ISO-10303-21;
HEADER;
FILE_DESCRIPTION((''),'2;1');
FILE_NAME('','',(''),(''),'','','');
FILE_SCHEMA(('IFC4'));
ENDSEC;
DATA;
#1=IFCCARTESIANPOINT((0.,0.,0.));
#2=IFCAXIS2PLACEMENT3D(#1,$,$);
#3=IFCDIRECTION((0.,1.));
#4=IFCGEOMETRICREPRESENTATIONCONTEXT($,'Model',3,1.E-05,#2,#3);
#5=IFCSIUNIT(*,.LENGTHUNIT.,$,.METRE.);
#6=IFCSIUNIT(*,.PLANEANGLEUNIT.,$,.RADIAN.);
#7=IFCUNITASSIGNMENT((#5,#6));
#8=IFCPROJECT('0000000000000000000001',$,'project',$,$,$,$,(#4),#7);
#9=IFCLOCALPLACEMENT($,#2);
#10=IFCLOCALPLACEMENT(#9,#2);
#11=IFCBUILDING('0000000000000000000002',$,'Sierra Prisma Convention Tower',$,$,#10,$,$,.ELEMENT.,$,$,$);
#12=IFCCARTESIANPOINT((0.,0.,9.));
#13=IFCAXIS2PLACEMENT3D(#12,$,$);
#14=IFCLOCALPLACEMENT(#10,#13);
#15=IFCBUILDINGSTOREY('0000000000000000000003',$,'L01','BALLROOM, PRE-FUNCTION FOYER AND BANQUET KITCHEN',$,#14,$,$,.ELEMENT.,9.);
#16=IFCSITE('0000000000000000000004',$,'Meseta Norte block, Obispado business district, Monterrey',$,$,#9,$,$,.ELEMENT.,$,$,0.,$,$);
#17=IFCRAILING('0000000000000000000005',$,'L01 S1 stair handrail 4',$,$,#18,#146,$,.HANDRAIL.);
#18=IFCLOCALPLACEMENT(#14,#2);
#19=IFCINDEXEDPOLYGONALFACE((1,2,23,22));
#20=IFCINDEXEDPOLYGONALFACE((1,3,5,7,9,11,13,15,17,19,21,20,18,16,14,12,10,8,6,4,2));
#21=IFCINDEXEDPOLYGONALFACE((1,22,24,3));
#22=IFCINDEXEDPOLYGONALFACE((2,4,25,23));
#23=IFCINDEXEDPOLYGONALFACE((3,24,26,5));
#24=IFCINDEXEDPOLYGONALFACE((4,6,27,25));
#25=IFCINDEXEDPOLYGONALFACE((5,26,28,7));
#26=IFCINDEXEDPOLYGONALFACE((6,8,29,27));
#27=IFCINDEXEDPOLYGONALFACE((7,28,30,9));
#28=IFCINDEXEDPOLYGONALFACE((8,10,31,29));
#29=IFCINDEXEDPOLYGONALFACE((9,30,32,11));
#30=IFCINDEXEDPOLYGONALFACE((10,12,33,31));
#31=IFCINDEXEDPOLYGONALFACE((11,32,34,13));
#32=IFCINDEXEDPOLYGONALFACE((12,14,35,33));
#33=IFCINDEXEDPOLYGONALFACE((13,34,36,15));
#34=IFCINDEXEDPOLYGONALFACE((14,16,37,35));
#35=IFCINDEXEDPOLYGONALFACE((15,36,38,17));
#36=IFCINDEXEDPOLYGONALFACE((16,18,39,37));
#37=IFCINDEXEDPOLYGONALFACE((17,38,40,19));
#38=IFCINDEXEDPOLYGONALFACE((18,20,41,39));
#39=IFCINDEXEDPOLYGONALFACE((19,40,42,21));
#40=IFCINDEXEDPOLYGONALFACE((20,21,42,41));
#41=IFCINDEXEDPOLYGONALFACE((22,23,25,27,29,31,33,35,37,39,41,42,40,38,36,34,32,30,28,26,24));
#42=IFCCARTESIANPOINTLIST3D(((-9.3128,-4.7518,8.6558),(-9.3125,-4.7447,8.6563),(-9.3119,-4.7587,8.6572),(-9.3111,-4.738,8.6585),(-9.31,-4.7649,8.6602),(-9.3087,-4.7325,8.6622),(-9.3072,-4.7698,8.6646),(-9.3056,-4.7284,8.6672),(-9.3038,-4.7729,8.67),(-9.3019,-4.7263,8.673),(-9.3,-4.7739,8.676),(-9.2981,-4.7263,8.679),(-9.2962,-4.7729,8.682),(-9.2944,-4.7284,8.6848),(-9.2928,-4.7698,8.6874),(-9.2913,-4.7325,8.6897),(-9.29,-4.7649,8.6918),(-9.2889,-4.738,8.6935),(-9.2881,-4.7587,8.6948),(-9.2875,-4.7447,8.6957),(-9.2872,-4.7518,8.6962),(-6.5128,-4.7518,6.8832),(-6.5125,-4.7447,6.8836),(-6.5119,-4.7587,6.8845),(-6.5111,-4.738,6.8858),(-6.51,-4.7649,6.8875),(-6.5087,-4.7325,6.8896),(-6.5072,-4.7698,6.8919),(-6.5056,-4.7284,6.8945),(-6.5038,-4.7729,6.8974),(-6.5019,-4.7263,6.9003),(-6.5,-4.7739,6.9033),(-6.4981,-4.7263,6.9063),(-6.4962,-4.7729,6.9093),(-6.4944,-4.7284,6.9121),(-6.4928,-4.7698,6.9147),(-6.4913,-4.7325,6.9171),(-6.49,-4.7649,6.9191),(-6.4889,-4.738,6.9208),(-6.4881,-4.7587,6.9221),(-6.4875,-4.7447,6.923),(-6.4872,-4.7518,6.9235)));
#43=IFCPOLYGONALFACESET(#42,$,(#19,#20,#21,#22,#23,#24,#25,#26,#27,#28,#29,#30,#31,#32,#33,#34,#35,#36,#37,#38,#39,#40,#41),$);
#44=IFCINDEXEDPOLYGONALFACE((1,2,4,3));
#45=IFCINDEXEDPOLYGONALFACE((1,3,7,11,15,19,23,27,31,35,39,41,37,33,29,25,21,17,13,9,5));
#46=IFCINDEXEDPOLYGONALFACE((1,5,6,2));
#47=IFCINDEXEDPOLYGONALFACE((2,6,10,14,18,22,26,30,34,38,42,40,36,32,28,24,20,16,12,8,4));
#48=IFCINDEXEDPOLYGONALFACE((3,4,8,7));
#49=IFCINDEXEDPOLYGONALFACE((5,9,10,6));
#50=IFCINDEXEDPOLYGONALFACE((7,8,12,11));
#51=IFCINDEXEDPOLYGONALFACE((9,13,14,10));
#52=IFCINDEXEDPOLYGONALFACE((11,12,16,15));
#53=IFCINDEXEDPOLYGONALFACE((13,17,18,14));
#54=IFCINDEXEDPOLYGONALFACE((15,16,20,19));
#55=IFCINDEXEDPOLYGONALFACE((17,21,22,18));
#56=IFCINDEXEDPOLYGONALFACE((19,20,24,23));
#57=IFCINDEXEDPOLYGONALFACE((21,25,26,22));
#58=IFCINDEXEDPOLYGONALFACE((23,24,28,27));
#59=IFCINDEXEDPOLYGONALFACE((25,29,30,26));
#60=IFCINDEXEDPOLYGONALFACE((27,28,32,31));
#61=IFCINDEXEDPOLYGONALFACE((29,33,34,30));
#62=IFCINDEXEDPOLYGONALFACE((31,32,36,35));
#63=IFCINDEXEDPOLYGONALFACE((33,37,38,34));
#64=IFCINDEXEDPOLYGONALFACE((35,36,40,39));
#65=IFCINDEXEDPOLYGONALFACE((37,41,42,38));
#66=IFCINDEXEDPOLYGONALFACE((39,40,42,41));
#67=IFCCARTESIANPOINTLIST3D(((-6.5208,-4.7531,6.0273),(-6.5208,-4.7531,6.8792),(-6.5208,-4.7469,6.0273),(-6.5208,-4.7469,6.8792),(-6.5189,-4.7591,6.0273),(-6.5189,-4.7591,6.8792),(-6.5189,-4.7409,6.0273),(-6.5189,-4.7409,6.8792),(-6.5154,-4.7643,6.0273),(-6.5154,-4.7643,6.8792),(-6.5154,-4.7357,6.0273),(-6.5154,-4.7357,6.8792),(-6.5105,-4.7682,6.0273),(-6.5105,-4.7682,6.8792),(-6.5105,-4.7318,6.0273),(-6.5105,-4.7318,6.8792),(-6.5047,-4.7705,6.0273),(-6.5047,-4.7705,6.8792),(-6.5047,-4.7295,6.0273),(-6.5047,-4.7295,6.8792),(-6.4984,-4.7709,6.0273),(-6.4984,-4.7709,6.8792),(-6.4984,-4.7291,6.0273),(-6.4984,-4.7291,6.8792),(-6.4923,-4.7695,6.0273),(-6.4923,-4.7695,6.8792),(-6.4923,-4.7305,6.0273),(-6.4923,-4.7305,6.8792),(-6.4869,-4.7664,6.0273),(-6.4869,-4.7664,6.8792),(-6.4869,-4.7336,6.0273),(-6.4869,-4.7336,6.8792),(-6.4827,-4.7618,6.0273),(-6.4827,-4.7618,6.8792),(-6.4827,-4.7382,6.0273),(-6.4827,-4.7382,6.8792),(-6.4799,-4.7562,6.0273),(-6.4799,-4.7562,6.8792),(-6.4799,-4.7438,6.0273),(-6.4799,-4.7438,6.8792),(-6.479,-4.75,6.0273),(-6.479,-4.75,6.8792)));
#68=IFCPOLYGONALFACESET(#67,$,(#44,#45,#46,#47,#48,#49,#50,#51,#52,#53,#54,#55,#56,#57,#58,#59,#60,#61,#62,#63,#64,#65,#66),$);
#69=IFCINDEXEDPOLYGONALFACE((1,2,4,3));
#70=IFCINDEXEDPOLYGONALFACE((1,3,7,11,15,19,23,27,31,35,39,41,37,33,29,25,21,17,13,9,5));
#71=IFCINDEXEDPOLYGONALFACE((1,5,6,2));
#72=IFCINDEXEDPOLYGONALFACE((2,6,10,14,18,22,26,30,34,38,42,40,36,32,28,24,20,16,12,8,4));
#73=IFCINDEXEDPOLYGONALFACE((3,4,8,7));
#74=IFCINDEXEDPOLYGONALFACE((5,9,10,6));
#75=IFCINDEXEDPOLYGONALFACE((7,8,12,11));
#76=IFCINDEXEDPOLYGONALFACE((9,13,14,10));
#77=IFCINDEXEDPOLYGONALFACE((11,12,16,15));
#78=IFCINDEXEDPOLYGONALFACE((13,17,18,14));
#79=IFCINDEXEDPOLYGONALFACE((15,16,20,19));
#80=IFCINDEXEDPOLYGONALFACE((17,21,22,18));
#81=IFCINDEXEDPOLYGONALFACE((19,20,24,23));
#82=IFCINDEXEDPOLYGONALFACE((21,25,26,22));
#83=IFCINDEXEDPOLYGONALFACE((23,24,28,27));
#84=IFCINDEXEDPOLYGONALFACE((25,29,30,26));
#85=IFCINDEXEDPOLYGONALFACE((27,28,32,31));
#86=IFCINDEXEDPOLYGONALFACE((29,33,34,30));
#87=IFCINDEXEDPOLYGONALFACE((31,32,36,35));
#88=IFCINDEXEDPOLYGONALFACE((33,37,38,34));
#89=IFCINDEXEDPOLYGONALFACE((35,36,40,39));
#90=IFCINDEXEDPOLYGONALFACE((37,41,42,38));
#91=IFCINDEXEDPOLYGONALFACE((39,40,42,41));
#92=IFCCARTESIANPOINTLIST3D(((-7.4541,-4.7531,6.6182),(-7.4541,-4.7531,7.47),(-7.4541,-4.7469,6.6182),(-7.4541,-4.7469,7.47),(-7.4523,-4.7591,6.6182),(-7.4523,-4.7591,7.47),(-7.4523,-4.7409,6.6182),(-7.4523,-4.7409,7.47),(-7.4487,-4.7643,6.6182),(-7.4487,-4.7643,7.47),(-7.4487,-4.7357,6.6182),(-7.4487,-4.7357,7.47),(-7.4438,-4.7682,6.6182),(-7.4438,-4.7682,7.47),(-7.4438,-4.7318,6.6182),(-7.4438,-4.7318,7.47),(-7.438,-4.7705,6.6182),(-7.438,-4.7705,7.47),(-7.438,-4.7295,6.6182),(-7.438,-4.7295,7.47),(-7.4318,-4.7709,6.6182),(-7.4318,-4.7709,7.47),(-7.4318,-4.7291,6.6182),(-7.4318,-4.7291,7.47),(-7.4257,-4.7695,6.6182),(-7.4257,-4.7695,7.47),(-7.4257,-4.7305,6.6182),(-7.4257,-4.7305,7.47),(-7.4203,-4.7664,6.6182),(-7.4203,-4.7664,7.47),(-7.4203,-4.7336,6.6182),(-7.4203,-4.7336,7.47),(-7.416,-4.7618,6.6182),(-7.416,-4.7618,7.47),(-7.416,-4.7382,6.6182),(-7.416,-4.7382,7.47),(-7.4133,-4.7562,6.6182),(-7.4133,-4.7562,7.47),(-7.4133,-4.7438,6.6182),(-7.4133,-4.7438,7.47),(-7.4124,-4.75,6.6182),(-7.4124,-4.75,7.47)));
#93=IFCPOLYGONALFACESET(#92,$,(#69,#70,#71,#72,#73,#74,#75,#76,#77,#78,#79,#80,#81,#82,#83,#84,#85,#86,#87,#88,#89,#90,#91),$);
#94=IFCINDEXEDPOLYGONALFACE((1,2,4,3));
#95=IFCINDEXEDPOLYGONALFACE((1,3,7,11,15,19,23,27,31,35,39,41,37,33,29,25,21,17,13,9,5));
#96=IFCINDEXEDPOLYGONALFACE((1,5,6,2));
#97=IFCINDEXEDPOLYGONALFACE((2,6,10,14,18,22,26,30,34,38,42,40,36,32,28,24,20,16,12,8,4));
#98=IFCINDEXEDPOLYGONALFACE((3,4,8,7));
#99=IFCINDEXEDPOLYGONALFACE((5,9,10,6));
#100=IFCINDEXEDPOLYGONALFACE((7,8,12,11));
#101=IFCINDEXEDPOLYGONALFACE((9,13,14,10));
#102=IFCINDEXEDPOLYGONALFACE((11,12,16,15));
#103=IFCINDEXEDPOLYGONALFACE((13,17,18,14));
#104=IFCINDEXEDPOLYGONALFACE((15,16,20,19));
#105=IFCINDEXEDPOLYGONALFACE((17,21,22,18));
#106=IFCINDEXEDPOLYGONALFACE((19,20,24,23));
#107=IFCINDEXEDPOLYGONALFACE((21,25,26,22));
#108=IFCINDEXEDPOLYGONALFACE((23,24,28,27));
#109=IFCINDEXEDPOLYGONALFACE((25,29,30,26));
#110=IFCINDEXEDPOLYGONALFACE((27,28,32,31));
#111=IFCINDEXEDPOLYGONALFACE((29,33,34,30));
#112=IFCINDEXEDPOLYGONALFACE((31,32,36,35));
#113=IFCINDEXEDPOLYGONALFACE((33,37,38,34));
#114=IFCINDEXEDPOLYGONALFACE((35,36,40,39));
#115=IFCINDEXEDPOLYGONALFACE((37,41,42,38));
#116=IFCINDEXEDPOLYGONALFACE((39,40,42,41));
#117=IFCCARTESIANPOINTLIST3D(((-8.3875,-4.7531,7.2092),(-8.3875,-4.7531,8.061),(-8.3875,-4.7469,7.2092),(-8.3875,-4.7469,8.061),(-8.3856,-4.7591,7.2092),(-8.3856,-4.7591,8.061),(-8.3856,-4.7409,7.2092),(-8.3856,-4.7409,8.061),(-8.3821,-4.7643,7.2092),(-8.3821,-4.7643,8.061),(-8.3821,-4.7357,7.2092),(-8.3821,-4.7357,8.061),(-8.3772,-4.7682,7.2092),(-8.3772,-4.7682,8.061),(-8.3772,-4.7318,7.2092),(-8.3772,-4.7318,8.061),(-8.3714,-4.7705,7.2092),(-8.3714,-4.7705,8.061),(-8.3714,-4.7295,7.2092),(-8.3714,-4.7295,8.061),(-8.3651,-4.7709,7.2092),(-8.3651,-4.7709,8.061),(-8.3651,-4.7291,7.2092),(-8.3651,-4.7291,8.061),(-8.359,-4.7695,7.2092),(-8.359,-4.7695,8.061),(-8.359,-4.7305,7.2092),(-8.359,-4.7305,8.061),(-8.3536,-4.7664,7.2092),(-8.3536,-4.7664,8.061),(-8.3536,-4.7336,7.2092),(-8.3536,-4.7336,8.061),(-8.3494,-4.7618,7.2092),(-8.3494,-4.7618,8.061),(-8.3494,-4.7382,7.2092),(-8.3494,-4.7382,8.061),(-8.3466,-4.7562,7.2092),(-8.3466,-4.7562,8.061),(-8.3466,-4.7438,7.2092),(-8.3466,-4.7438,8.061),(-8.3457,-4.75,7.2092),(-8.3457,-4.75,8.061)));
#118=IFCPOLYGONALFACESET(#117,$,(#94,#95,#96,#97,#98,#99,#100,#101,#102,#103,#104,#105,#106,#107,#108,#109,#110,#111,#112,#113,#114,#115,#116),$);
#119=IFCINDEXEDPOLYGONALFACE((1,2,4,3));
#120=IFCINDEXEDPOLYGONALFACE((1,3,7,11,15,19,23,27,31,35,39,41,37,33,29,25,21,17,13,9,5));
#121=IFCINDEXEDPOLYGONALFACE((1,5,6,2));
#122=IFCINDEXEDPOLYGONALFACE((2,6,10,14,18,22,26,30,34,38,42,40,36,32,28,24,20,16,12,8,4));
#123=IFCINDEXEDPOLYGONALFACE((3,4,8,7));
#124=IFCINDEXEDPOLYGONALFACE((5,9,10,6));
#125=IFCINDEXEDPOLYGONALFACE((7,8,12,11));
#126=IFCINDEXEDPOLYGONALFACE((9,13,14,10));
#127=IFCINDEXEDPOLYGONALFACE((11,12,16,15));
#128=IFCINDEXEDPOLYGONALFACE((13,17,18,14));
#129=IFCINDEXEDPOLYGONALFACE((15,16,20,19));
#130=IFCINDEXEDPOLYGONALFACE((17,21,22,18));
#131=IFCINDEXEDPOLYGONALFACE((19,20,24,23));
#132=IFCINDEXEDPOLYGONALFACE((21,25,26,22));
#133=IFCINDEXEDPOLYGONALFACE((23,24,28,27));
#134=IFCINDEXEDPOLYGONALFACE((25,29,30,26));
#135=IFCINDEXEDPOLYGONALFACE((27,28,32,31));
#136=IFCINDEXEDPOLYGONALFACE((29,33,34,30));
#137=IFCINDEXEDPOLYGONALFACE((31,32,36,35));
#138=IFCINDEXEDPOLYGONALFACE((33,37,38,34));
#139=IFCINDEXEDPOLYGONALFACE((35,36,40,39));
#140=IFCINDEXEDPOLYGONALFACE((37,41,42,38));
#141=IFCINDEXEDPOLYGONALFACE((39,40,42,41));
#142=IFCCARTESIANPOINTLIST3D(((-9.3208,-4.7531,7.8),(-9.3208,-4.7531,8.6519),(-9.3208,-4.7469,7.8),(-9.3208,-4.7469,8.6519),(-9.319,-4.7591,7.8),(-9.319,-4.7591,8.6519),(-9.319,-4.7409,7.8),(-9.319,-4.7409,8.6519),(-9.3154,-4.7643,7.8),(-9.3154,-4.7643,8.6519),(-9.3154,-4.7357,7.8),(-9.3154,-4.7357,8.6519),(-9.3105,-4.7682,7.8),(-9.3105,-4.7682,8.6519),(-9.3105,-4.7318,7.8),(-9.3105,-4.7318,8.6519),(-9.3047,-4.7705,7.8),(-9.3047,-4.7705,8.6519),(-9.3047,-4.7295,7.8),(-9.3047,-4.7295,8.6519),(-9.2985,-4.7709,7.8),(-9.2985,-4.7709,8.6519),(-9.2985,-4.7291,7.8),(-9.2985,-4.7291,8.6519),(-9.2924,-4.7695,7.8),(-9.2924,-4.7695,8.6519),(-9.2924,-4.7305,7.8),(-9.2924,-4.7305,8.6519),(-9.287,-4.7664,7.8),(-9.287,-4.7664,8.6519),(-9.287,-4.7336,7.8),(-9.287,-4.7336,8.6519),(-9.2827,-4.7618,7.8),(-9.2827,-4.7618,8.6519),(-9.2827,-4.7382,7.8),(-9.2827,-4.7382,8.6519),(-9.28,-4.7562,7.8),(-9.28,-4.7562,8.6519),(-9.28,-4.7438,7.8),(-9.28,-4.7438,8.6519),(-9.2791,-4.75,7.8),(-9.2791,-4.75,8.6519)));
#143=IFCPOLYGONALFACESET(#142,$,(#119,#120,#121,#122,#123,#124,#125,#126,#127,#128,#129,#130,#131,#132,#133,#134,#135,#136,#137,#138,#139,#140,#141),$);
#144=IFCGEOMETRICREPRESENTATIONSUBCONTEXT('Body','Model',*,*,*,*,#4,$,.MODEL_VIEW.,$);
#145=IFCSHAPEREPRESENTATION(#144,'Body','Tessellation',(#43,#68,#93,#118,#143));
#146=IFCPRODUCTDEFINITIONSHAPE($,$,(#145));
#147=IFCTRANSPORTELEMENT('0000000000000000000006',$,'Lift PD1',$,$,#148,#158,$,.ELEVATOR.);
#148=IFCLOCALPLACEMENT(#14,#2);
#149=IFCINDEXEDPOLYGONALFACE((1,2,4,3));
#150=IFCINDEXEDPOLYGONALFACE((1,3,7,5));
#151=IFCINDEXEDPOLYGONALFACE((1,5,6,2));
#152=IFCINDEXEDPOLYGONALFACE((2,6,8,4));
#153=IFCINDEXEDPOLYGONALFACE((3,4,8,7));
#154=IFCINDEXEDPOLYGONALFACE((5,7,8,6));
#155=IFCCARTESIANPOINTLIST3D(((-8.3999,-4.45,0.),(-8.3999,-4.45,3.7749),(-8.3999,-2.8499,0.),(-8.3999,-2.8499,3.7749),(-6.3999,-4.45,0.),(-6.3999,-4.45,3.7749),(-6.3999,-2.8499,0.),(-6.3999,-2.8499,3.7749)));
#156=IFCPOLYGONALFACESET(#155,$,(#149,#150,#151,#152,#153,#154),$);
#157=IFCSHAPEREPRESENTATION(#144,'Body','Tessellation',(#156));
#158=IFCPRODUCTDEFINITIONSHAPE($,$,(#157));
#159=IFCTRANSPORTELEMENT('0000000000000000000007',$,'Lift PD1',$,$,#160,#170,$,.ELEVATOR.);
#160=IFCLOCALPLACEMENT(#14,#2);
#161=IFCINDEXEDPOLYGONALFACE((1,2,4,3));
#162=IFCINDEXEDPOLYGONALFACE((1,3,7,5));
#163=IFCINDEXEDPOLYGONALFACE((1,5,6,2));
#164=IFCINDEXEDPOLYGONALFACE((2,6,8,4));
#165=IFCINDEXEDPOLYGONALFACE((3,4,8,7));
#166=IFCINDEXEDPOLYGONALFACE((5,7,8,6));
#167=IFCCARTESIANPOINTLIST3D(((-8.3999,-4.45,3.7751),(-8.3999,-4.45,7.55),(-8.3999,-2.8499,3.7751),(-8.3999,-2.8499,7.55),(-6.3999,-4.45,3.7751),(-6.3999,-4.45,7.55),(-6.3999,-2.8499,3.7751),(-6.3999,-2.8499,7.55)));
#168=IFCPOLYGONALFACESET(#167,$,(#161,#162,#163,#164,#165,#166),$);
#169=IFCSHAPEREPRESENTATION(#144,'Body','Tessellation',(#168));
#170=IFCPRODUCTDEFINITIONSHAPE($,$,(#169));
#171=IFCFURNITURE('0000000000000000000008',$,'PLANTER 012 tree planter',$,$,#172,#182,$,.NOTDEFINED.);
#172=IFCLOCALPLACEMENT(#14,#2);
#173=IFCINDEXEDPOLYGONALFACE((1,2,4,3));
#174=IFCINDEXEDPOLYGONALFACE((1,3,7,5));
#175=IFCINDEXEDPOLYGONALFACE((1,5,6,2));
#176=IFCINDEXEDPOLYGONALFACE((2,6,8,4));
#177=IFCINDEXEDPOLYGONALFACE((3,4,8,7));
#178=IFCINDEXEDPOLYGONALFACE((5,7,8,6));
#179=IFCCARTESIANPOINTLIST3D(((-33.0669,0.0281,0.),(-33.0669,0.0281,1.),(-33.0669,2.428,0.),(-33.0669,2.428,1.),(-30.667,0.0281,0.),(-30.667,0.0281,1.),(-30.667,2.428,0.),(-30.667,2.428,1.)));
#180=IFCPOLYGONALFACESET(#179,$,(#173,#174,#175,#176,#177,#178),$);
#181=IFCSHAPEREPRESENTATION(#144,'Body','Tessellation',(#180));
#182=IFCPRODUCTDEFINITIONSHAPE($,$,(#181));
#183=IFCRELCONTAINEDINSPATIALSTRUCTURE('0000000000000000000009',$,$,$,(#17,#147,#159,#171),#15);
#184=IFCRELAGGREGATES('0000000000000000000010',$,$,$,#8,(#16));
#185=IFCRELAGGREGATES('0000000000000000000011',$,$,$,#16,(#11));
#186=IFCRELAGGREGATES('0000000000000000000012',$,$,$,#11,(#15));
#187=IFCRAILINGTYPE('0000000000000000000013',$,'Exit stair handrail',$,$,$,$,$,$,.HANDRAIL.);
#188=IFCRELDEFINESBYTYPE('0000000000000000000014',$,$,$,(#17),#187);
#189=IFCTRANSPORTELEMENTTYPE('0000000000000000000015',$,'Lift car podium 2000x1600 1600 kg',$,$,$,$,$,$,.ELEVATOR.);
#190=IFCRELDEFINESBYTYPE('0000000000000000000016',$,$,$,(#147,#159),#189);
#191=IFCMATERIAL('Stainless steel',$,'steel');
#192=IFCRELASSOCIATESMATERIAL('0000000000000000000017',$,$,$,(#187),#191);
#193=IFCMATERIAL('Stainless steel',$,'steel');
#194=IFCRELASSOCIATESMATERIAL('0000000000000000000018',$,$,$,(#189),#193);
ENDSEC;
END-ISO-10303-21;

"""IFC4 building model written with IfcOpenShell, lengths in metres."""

from ifc_helpers import new_model, si_unit, direction, frame, origin, origin_2d, place, context, subcontext, project, spatial, rectangle, circle, extrude, material, type_object, element, save


model = new_model("IFC4")

# Units and contexts
model_context = context("Model", 3, precision=1e-05, world=origin(), true_north=direction((0.0, 1.0)))
body_context = subcontext(model_context, "Body", "Model", "MODEL_VIEW")
ifc_project = project(units=[si_unit("LENGTHUNIT", "METRE"), si_unit("PLANEANGLEUNIT", "RADIAN")], contexts=[model_context])

# Site, building, storey
site_placement = place(None, origin())
site = spatial("IfcSite", under=ifc_project, at=site_placement, Name="Meseta Norte block, Obispado business district, Monterrey", CompositionType="ELEMENT", RefElevation=0.0)
building_placement = place(site_placement, origin())
building = spatial("IfcBuilding", under=site, at=building_placement, Name="Sierra Prisma Convention Tower", CompositionType="ELEMENT")
storey_placement = place(building_placement, frame((0.0, 0.0, 9.0)))
storey = spatial("IfcBuildingStorey", under=building, at=storey_placement, Name="L01", Description="BALLROOM, PRE-FUNCTION FOYER AND BANQUET KITCHEN", CompositionType="ELEMENT", Elevation=9.0)

# Railing
ifc_material_1 = material(Name="Stainless steel", Category="steel")
railing_type = type_object("IfcRailingType", Name="Exit stair handrail", PredefinedType="HANDRAIL", material=ifc_material_1)
for number, where, name in (
    (1, (-6.5, -4.75, 6.0273), "L01 S1 stair handrail 4"),
):
    element("IfcRailing", number, at=place(storey_placement, frame(where)), inside=storey, type_object=railing_type, Name=name, PredefinedType="HANDRAIL", context=body_context, shape_type="SweptSolid", body=[
        extrude(circle(Radius=0.0239, at=origin_2d()), frame((0.0, 0.0, 0.876), z_axis=(-0.844909, 0.0, 0.53491), x_axis=(0.0, -1.0, 0.0)), (0.0, 0.0, 1.0), 3.314),
        extrude(circle(Radius=0.021, at=origin_2d()), origin(), (0.0, 0.0, 1.0), 0.8518),
        extrude(circle(Radius=0.021, at=origin_2d()), frame((-0.9333, 0.0, 0.5908)), (0.0, 0.0, 1.0), 0.8518),
        extrude(circle(Radius=0.021, at=origin_2d()), frame((-1.8667, 0.0, 1.1819)), (0.0, 0.0, 1.0), 0.8518),
        extrude(circle(Radius=0.021, at=origin_2d()), frame((-2.8, 0.0, 1.7727)), (0.0, 0.0, 1.0), 0.8518),
    ])

# Transport elements
ifc_material_2 = material(Name="Stainless steel", Category="steel")
transport_element_type = type_object("IfcTransportElementType", Name="Lift car podium 2000x1600 1600 kg", PredefinedType="ELEVATOR", material=ifc_material_2)
for number, where, z_axis, x_axis, name in (
    (2, (-7.3999, -3.6499, 0.0), (0.0, 0.0, 1.0), (1.0, 0.0, 0.0), "Lift PD1"),
    (3, (-7.3999, -3.6499, 3.7751), (0.0, 0.0, 1.0), (1.0, 0.0, 0.0), "Lift PD1"),
):
    element("IfcTransportElement", number, at=place(storey_placement, frame(where, z_axis=z_axis, x_axis=x_axis)), inside=storey, type_object=transport_element_type, Name=name, PredefinedType="ELEVATOR", context=body_context, shape_type="SweptSolid", body=[
        extrude(rectangle(XDim=2.0, YDim=1.6001, at=origin_2d()), origin(), (0.0, 0.0, 1.0), 3.7749),
    ])

# Furniture
furniture_placement = place(storey_placement, frame((-31.8669, 1.228, 0.0), z_axis=(0.0, 0.0, 1.0), x_axis=(1.0, 0.0, 0.0)))
element("IfcFurniture", 4, at=furniture_placement, inside=storey, Name="PLANTER 012 tree planter", PredefinedType="NOTDEFINED", context=body_context, shape_type="SweptSolid", body=[
    extrude(rectangle(XDim=2.3999, YDim=2.3999, at=origin_2d()), origin(), (0.0, 0.0, 1.0), 1.0),
])

save(model, "model.ifc")
